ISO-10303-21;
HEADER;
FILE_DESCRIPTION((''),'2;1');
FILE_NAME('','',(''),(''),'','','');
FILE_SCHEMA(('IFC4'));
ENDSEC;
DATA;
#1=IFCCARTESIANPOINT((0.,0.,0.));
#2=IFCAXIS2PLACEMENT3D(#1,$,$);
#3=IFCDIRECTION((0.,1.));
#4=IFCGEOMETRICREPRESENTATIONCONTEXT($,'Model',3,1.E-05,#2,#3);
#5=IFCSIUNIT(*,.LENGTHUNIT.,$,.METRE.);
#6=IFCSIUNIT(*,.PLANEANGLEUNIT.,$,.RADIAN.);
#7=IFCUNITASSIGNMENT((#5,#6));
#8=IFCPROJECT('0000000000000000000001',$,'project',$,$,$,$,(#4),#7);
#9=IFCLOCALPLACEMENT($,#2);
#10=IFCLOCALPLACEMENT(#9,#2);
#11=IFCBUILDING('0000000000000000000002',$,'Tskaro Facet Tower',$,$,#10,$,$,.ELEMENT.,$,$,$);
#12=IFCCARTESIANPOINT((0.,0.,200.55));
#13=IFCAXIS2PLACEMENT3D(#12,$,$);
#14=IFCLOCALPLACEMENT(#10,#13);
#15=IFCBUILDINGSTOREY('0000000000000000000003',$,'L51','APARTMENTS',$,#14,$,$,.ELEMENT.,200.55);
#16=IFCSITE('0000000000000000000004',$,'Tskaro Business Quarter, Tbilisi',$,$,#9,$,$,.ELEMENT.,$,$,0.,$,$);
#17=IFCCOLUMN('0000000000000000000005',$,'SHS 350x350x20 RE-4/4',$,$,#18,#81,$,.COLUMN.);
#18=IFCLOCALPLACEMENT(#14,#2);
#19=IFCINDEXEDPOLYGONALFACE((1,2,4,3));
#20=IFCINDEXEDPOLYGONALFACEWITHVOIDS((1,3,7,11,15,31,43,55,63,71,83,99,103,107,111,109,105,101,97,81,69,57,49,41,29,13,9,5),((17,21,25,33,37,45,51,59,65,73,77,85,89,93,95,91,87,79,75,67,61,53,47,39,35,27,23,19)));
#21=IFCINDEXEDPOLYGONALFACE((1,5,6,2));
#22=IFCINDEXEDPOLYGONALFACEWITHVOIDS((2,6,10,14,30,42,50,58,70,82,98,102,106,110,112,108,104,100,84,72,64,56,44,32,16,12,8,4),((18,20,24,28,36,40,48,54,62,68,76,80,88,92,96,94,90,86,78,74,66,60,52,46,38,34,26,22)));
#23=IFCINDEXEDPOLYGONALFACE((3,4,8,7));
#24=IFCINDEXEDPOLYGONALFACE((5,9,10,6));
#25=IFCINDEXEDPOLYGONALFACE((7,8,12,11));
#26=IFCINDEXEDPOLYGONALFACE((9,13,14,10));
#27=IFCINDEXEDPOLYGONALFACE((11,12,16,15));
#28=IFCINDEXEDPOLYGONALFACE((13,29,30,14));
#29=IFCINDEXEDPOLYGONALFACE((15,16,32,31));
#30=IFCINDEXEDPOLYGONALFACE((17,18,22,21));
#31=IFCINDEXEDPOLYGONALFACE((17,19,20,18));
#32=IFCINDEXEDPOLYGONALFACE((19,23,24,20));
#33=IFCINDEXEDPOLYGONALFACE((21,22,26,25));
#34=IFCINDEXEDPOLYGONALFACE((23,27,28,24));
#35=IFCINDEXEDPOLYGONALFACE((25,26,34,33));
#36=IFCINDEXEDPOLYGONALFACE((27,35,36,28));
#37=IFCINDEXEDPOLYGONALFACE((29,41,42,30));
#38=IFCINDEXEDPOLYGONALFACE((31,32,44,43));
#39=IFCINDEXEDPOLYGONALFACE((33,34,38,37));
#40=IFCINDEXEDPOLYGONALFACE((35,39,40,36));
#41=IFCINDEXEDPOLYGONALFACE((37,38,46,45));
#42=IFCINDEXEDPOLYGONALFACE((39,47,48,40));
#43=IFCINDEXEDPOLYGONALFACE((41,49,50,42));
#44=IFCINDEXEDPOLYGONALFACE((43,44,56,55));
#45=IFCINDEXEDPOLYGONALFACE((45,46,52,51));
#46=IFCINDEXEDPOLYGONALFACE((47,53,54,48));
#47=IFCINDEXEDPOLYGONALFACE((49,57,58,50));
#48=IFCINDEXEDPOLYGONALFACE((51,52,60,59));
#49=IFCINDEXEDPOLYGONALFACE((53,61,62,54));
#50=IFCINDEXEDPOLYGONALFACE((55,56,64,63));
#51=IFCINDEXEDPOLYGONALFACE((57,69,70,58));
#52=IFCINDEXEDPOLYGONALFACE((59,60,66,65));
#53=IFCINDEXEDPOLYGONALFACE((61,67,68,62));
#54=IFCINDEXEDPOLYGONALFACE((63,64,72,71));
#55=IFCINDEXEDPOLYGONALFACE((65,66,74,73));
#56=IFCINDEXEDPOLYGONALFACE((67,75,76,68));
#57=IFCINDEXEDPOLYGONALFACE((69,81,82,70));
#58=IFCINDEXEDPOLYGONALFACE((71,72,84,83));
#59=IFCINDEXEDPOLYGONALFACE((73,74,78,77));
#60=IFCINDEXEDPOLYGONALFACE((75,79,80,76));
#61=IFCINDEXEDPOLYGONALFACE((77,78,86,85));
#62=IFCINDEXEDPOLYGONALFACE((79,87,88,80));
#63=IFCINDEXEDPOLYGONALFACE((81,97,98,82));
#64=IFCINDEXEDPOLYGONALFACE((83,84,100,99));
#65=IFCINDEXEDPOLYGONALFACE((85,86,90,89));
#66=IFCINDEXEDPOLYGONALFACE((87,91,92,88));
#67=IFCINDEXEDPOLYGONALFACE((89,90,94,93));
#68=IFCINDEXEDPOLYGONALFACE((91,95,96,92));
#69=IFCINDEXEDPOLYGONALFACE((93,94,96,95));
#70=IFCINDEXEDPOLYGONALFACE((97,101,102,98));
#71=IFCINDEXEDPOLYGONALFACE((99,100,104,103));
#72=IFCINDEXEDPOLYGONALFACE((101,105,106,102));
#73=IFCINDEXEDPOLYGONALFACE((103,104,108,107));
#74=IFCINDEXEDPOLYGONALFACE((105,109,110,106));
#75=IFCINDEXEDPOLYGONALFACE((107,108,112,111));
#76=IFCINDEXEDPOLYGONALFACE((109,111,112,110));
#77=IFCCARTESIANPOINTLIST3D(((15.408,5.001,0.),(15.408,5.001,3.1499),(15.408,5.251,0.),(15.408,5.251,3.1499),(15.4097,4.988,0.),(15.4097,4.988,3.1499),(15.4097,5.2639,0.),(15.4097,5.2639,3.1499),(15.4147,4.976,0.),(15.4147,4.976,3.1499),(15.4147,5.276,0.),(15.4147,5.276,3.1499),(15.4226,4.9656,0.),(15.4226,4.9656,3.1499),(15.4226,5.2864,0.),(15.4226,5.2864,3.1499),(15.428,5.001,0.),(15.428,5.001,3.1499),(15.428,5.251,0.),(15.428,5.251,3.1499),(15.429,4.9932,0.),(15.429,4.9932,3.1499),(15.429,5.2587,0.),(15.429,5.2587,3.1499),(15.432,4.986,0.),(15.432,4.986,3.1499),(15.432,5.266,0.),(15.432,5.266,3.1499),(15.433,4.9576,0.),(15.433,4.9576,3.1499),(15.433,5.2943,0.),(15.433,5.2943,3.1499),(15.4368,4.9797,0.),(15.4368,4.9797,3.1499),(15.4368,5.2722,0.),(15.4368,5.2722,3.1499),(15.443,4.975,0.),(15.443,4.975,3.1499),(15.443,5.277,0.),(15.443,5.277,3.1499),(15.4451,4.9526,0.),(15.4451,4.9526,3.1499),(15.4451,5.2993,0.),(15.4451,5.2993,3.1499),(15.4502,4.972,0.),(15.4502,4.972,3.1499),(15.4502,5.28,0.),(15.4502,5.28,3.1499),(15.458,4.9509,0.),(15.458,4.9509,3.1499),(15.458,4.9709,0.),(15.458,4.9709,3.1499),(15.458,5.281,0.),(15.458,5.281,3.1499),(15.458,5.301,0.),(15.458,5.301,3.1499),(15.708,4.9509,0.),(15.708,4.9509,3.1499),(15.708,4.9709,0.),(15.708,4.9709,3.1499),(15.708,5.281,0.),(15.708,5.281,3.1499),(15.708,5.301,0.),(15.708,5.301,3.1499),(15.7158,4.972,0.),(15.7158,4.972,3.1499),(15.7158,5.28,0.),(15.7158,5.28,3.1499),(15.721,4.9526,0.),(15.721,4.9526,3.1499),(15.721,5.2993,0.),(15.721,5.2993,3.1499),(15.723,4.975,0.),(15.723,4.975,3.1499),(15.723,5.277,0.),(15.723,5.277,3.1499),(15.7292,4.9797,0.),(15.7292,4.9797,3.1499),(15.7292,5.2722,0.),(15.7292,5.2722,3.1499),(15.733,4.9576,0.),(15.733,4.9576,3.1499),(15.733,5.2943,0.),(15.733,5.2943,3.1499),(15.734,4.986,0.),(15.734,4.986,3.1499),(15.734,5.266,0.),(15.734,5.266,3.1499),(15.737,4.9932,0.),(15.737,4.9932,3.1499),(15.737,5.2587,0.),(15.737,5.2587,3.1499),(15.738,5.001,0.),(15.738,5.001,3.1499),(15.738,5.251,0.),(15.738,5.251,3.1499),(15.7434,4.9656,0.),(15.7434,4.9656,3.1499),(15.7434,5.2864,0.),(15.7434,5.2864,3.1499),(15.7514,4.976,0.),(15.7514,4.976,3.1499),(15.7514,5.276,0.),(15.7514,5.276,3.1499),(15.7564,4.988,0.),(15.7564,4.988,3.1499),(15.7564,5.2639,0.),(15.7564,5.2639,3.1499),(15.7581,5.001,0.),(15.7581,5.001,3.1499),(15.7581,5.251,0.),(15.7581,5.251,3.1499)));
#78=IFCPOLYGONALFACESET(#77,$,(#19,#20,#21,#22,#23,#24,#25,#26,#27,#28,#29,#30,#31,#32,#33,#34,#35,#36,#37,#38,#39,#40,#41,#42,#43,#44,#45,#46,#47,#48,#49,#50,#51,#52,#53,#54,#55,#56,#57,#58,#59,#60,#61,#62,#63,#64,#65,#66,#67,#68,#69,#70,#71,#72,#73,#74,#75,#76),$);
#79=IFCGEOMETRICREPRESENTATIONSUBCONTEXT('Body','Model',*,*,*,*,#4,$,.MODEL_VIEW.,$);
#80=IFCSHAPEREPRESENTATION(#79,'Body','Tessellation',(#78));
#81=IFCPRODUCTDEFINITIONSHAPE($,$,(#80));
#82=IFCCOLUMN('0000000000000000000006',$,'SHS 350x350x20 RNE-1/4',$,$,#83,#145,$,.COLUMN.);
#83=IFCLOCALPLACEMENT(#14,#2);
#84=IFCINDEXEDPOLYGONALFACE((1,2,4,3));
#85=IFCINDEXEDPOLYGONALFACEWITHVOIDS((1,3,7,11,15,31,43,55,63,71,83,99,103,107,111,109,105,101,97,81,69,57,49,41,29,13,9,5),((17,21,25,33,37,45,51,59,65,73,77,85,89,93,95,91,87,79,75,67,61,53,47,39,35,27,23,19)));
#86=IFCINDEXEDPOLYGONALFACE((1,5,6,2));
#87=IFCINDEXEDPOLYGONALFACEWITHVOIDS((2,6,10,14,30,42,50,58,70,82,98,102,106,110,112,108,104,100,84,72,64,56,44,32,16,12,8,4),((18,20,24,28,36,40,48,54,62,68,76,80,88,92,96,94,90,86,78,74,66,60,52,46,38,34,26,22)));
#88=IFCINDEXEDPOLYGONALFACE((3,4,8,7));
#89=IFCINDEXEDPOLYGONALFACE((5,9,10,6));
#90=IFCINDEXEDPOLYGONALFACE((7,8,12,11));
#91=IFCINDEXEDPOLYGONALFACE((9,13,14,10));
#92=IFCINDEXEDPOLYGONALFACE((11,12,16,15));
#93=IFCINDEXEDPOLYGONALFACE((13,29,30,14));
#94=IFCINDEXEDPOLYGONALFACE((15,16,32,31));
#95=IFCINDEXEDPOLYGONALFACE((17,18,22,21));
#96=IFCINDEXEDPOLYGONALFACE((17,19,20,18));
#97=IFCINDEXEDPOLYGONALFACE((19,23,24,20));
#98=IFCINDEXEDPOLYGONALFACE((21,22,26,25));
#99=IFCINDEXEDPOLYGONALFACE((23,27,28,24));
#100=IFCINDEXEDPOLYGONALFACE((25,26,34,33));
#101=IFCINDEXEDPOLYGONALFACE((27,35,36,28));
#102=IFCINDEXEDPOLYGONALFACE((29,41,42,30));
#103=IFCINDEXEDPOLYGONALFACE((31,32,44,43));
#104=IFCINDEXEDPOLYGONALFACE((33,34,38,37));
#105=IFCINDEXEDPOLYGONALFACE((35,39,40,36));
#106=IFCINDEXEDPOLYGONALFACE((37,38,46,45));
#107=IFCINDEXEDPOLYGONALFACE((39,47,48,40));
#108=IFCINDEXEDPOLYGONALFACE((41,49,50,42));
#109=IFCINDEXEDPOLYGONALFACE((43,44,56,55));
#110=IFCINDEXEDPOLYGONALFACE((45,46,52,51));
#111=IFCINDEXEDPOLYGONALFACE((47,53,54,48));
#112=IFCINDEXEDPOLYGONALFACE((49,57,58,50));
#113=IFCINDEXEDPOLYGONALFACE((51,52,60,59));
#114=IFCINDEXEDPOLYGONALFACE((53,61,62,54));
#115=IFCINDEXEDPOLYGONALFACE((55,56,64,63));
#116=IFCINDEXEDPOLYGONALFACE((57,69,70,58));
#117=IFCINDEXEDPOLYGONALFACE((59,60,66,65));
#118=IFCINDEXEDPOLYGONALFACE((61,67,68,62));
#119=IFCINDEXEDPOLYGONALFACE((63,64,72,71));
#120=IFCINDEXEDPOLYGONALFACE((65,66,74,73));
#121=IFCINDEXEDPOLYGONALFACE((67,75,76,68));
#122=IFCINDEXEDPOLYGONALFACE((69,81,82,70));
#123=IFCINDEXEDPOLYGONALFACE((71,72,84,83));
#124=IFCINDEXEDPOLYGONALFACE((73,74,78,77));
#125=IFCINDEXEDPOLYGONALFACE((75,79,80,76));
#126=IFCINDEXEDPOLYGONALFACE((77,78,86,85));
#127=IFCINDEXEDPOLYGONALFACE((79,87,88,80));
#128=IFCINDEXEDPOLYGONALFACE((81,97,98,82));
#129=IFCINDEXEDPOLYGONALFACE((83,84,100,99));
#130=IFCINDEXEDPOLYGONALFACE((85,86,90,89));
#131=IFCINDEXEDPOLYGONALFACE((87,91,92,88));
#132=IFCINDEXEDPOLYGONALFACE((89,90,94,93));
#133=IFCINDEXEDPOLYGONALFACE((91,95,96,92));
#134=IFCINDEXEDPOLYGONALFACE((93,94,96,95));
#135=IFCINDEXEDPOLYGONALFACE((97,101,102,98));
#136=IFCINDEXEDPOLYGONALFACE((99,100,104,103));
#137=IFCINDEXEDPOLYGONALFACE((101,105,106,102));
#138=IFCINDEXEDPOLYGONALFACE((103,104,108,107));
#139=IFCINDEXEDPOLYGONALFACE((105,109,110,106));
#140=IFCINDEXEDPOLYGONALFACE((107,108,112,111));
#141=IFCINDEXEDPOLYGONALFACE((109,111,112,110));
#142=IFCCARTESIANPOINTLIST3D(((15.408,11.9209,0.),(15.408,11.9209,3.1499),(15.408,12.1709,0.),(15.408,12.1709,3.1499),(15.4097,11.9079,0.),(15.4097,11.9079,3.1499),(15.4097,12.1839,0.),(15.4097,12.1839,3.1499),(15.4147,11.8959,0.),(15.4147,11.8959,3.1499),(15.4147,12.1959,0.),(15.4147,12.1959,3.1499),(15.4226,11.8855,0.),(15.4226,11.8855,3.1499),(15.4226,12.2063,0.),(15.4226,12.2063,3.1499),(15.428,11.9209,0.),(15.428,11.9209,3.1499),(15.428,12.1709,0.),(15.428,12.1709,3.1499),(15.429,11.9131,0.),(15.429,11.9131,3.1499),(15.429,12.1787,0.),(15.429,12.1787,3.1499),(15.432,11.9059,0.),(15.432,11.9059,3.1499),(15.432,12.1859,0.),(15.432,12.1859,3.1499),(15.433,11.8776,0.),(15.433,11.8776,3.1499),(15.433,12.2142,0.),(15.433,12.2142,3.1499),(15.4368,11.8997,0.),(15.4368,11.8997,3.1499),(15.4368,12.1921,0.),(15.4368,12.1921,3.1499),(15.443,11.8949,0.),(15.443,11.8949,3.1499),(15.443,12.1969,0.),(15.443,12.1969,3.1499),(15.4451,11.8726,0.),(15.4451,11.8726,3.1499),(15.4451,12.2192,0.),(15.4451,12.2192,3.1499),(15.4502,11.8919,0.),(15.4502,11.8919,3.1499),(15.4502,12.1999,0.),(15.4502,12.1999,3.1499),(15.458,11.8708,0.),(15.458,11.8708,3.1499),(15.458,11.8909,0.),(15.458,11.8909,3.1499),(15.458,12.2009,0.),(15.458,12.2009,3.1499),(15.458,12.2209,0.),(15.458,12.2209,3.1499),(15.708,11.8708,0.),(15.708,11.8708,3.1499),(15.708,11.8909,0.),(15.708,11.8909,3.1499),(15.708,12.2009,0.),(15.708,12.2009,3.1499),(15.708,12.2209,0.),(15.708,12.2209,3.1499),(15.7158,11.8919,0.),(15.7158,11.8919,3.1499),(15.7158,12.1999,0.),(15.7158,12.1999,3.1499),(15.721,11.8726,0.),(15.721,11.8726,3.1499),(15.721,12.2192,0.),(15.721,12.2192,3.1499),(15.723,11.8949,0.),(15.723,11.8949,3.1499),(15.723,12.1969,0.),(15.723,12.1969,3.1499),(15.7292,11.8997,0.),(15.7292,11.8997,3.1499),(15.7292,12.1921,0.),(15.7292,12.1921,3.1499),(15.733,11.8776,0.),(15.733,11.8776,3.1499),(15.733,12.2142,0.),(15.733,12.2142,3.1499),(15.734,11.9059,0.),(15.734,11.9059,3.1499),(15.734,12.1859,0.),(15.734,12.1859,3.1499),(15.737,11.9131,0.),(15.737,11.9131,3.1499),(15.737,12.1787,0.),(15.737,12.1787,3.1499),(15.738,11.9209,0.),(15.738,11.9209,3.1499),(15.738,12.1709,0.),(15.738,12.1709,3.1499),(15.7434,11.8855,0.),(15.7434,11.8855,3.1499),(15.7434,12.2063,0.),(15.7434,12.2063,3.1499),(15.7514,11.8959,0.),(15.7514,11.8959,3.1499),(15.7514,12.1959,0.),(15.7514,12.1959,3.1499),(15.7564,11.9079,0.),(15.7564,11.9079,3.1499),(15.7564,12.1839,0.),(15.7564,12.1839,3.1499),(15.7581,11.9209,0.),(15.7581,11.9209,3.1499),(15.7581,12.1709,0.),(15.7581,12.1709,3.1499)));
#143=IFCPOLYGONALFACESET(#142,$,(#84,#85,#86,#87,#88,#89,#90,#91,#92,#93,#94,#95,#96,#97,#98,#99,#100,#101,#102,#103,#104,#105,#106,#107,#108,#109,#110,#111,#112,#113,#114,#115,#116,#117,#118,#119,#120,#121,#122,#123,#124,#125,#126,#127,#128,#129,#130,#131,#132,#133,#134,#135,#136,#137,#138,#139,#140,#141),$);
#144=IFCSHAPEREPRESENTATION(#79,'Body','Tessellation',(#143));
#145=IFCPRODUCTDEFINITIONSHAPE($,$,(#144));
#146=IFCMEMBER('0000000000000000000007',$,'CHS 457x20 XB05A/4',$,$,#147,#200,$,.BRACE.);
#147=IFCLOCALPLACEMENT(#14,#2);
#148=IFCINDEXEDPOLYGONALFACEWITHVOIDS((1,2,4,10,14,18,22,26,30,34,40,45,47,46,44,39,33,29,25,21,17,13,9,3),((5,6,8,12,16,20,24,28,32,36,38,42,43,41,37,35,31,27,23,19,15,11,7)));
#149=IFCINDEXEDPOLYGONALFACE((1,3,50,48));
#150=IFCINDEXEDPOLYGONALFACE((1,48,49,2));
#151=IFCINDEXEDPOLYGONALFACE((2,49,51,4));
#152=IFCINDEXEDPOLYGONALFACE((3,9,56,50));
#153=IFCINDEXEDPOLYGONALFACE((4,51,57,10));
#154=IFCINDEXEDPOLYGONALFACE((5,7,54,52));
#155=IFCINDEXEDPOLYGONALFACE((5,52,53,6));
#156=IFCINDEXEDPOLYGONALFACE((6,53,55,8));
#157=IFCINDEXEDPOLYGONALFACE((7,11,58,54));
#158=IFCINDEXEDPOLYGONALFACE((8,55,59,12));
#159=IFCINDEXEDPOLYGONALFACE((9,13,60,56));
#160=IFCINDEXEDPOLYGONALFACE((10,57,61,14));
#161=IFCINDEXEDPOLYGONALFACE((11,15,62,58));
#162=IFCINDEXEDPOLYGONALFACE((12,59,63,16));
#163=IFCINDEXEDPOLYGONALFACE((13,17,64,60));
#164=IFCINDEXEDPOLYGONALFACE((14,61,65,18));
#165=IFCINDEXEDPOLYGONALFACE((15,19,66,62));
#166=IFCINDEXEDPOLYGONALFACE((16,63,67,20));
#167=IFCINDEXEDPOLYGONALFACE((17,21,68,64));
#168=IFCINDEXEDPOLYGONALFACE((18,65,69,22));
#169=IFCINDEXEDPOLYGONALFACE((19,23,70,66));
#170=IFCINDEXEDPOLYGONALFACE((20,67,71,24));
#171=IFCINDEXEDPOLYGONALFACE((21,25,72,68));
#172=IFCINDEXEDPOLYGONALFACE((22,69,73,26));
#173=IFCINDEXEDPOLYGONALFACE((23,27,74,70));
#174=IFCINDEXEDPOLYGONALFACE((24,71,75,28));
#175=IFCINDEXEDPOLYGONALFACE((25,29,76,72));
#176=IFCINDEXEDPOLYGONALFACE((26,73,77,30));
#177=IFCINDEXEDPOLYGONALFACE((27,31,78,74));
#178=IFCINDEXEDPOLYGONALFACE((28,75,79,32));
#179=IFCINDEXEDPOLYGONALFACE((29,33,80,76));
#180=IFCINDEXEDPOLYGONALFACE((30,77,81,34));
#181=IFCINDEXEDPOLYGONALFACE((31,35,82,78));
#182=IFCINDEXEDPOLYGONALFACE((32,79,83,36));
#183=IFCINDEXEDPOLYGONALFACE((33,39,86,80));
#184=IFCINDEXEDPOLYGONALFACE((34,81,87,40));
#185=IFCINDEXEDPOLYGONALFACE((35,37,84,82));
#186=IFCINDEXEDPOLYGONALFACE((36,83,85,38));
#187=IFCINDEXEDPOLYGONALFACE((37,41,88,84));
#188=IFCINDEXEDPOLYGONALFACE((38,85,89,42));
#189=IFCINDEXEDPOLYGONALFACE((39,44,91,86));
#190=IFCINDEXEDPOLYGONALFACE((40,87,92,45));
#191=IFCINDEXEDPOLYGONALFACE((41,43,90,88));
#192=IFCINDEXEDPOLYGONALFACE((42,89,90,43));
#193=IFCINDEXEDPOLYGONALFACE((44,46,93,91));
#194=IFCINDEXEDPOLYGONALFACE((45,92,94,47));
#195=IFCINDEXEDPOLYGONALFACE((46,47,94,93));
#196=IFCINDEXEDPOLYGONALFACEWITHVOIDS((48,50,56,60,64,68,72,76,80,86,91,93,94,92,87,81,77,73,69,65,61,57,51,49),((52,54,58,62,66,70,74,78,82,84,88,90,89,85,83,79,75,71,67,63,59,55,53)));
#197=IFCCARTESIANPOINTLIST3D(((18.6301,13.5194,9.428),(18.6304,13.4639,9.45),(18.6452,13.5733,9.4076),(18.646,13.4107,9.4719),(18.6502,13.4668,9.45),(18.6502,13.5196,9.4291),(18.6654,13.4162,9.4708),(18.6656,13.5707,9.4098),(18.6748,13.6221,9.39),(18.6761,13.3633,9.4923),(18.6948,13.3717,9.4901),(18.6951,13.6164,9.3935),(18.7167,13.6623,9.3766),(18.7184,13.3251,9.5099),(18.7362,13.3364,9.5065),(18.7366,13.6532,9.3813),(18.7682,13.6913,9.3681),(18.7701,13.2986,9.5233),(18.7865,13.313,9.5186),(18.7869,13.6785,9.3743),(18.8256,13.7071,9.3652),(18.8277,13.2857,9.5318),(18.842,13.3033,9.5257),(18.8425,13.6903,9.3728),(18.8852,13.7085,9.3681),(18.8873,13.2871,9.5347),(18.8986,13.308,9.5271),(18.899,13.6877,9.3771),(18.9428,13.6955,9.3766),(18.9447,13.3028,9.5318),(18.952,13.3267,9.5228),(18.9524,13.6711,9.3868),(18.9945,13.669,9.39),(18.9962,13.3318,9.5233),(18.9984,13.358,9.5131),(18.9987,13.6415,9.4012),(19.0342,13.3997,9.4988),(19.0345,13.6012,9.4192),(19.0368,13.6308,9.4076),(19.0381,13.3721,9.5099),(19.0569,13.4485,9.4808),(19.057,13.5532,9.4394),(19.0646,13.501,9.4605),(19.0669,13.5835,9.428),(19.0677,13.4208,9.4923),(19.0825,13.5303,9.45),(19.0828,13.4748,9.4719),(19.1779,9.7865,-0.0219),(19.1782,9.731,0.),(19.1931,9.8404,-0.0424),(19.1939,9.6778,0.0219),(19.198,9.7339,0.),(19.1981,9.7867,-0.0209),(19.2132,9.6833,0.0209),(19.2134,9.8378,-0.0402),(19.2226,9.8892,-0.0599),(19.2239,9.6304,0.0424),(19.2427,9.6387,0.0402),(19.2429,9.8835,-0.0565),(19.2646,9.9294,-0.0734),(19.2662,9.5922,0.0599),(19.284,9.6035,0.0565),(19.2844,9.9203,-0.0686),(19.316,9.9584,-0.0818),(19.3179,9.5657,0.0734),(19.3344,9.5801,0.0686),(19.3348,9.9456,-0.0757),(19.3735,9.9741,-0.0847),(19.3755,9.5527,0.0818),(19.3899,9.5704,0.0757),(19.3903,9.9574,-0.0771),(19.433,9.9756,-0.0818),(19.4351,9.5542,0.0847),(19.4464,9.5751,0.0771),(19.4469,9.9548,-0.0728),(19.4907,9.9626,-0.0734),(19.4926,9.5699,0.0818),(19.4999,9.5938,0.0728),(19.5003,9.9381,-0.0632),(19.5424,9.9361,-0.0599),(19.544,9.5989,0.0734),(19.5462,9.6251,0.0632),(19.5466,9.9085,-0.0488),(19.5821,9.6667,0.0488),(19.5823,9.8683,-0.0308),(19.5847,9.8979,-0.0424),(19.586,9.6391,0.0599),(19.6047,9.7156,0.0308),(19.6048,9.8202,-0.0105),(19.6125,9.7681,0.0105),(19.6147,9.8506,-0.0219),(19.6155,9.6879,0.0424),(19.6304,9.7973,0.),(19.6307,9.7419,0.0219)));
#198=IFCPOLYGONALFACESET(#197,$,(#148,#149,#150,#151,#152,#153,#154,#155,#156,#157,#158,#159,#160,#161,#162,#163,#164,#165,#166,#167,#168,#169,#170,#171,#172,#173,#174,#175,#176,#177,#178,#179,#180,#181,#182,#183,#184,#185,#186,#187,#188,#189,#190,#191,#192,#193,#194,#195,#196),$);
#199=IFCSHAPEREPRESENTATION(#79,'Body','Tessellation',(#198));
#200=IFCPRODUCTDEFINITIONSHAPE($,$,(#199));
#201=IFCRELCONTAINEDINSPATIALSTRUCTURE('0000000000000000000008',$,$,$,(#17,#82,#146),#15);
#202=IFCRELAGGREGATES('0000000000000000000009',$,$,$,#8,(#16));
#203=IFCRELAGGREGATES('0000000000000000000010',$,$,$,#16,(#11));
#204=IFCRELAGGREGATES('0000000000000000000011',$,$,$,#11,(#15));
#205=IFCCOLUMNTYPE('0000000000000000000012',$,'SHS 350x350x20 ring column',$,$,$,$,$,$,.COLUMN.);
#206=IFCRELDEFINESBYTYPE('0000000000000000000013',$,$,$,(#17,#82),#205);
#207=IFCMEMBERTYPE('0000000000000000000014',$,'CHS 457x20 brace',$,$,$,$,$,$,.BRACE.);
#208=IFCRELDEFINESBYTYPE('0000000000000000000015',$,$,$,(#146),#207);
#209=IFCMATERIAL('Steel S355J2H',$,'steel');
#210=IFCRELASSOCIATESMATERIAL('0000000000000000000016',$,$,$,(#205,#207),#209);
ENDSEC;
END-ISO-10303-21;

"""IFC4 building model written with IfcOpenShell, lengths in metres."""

from ifc_helpers import new_model, si_unit, direction, frame, origin, origin_2d, place, context, subcontext, project, spatial, hollow_rectangle, hollow_circle, extrude, material, material_profile, profile_set, type_object, element, save


model = new_model("IFC4")

# Units and contexts
model_context = context("Model", 3, precision=1e-05, world=origin(), true_north=direction((0.0, 1.0)))
body_context = subcontext(model_context, "Body", "Model", "MODEL_VIEW")
ifc_project = project(units=[si_unit("LENGTHUNIT", "METRE"), si_unit("PLANEANGLEUNIT", "RADIAN")], contexts=[model_context])

# Site, building, storey
site_placement = place(None, origin())
site = spatial("IfcSite", under=ifc_project, at=site_placement, Name="Tskaro Business Quarter, Tbilisi", CompositionType="ELEMENT", RefElevation=0.0)
building_placement = place(site_placement, origin())
building = spatial("IfcBuilding", under=site, at=building_placement, Name="Tskaro Facet Tower", CompositionType="ELEMENT")
storey_placement = place(building_placement, frame((0.0, 0.0, 200.55)))
storey = spatial("IfcBuildingStorey", under=building, at=storey_placement, Name="L51", Description="APARTMENTS", CompositionType="ELEMENT", Elevation=200.55)

# Columns
ifc_material_1 = material(Name="Steel S355J2H", Category="steel")
ifc_material_profile_1 = material_profile(ifc_material_1, hollow_rectangle(XDim=0.3501, YDim=0.3501, WallThickness=0.02, InnerFilletRadius=0.03, OuterFilletRadius=0.05, at=origin_2d()), Name="SHS 350x350x20")
ifc_profile_set_1 = profile_set([ifc_material_profile_1], Name="Steel S355J2H")
column_type = type_object("IfcColumnType", Name="SHS 350x350x20 ring column", PredefinedType="COLUMN", material=ifc_profile_set_1)
for number, where, z_axis, x_axis, name in (
    (1, (15.583, 5.126, 0.0), (0.0, 0.0, 1.0), (1.0, 0.0, 0.0), "SHS 350x350x20 RE-4/4"),
    (2, (15.583, 12.0459, 0.0), (0.0, 0.0, 1.0), (1.0, 0.0, 0.0), "SHS 350x350x20 RNE-1/4"),
):
    element("IfcColumn", number, at=place(storey_placement, frame(where, z_axis=z_axis, x_axis=x_axis)), inside=storey, type_object=column_type, Name=name, PredefinedType="COLUMN", context=body_context, shape_type="SweptSolid", body=[
        extrude(hollow_rectangle(XDim=0.3501, YDim=0.3501, WallThickness=0.02, InnerFilletRadius=0.03, OuterFilletRadius=0.05, at=origin_2d()), origin(), (0.0, 0.0, 1.0), 3.1499),
    ])

# Member
ifc_material_profile_2 = material_profile(ifc_material_1, hollow_circle(Radius=0.2285, WallThickness=0.02, at=origin_2d()), Name="CHS 457x20")
ifc_profile_set_2 = profile_set([ifc_material_profile_2], Name="Steel S355J2H")
member_type_1 = type_object("IfcMemberType", Name="CHS 457x20 brace", PredefinedType="BRACE", material=ifc_profile_set_2)
member_1_placement = place(storey_placement, frame((19.4043, 9.7642, 0.0), z_axis=(-0.053841, 0.366861, 0.928717), x_axis=(-0.989401, -0.145207, 0.0)))
element("IfcMember", 3, at=member_1_placement, inside=storey, type_object=member_type_1, Name="CHS 457x20 XB05A/4", PredefinedType="BRACE", context=body_context, shape_type="SweptSolid", body=[
    extrude(hollow_circle(Radius=0.2285, WallThickness=0.02, at=origin_2d()), origin(), (0.0, 0.0, 1.0), 10.1753),
])

save(model, "model.ifc")
